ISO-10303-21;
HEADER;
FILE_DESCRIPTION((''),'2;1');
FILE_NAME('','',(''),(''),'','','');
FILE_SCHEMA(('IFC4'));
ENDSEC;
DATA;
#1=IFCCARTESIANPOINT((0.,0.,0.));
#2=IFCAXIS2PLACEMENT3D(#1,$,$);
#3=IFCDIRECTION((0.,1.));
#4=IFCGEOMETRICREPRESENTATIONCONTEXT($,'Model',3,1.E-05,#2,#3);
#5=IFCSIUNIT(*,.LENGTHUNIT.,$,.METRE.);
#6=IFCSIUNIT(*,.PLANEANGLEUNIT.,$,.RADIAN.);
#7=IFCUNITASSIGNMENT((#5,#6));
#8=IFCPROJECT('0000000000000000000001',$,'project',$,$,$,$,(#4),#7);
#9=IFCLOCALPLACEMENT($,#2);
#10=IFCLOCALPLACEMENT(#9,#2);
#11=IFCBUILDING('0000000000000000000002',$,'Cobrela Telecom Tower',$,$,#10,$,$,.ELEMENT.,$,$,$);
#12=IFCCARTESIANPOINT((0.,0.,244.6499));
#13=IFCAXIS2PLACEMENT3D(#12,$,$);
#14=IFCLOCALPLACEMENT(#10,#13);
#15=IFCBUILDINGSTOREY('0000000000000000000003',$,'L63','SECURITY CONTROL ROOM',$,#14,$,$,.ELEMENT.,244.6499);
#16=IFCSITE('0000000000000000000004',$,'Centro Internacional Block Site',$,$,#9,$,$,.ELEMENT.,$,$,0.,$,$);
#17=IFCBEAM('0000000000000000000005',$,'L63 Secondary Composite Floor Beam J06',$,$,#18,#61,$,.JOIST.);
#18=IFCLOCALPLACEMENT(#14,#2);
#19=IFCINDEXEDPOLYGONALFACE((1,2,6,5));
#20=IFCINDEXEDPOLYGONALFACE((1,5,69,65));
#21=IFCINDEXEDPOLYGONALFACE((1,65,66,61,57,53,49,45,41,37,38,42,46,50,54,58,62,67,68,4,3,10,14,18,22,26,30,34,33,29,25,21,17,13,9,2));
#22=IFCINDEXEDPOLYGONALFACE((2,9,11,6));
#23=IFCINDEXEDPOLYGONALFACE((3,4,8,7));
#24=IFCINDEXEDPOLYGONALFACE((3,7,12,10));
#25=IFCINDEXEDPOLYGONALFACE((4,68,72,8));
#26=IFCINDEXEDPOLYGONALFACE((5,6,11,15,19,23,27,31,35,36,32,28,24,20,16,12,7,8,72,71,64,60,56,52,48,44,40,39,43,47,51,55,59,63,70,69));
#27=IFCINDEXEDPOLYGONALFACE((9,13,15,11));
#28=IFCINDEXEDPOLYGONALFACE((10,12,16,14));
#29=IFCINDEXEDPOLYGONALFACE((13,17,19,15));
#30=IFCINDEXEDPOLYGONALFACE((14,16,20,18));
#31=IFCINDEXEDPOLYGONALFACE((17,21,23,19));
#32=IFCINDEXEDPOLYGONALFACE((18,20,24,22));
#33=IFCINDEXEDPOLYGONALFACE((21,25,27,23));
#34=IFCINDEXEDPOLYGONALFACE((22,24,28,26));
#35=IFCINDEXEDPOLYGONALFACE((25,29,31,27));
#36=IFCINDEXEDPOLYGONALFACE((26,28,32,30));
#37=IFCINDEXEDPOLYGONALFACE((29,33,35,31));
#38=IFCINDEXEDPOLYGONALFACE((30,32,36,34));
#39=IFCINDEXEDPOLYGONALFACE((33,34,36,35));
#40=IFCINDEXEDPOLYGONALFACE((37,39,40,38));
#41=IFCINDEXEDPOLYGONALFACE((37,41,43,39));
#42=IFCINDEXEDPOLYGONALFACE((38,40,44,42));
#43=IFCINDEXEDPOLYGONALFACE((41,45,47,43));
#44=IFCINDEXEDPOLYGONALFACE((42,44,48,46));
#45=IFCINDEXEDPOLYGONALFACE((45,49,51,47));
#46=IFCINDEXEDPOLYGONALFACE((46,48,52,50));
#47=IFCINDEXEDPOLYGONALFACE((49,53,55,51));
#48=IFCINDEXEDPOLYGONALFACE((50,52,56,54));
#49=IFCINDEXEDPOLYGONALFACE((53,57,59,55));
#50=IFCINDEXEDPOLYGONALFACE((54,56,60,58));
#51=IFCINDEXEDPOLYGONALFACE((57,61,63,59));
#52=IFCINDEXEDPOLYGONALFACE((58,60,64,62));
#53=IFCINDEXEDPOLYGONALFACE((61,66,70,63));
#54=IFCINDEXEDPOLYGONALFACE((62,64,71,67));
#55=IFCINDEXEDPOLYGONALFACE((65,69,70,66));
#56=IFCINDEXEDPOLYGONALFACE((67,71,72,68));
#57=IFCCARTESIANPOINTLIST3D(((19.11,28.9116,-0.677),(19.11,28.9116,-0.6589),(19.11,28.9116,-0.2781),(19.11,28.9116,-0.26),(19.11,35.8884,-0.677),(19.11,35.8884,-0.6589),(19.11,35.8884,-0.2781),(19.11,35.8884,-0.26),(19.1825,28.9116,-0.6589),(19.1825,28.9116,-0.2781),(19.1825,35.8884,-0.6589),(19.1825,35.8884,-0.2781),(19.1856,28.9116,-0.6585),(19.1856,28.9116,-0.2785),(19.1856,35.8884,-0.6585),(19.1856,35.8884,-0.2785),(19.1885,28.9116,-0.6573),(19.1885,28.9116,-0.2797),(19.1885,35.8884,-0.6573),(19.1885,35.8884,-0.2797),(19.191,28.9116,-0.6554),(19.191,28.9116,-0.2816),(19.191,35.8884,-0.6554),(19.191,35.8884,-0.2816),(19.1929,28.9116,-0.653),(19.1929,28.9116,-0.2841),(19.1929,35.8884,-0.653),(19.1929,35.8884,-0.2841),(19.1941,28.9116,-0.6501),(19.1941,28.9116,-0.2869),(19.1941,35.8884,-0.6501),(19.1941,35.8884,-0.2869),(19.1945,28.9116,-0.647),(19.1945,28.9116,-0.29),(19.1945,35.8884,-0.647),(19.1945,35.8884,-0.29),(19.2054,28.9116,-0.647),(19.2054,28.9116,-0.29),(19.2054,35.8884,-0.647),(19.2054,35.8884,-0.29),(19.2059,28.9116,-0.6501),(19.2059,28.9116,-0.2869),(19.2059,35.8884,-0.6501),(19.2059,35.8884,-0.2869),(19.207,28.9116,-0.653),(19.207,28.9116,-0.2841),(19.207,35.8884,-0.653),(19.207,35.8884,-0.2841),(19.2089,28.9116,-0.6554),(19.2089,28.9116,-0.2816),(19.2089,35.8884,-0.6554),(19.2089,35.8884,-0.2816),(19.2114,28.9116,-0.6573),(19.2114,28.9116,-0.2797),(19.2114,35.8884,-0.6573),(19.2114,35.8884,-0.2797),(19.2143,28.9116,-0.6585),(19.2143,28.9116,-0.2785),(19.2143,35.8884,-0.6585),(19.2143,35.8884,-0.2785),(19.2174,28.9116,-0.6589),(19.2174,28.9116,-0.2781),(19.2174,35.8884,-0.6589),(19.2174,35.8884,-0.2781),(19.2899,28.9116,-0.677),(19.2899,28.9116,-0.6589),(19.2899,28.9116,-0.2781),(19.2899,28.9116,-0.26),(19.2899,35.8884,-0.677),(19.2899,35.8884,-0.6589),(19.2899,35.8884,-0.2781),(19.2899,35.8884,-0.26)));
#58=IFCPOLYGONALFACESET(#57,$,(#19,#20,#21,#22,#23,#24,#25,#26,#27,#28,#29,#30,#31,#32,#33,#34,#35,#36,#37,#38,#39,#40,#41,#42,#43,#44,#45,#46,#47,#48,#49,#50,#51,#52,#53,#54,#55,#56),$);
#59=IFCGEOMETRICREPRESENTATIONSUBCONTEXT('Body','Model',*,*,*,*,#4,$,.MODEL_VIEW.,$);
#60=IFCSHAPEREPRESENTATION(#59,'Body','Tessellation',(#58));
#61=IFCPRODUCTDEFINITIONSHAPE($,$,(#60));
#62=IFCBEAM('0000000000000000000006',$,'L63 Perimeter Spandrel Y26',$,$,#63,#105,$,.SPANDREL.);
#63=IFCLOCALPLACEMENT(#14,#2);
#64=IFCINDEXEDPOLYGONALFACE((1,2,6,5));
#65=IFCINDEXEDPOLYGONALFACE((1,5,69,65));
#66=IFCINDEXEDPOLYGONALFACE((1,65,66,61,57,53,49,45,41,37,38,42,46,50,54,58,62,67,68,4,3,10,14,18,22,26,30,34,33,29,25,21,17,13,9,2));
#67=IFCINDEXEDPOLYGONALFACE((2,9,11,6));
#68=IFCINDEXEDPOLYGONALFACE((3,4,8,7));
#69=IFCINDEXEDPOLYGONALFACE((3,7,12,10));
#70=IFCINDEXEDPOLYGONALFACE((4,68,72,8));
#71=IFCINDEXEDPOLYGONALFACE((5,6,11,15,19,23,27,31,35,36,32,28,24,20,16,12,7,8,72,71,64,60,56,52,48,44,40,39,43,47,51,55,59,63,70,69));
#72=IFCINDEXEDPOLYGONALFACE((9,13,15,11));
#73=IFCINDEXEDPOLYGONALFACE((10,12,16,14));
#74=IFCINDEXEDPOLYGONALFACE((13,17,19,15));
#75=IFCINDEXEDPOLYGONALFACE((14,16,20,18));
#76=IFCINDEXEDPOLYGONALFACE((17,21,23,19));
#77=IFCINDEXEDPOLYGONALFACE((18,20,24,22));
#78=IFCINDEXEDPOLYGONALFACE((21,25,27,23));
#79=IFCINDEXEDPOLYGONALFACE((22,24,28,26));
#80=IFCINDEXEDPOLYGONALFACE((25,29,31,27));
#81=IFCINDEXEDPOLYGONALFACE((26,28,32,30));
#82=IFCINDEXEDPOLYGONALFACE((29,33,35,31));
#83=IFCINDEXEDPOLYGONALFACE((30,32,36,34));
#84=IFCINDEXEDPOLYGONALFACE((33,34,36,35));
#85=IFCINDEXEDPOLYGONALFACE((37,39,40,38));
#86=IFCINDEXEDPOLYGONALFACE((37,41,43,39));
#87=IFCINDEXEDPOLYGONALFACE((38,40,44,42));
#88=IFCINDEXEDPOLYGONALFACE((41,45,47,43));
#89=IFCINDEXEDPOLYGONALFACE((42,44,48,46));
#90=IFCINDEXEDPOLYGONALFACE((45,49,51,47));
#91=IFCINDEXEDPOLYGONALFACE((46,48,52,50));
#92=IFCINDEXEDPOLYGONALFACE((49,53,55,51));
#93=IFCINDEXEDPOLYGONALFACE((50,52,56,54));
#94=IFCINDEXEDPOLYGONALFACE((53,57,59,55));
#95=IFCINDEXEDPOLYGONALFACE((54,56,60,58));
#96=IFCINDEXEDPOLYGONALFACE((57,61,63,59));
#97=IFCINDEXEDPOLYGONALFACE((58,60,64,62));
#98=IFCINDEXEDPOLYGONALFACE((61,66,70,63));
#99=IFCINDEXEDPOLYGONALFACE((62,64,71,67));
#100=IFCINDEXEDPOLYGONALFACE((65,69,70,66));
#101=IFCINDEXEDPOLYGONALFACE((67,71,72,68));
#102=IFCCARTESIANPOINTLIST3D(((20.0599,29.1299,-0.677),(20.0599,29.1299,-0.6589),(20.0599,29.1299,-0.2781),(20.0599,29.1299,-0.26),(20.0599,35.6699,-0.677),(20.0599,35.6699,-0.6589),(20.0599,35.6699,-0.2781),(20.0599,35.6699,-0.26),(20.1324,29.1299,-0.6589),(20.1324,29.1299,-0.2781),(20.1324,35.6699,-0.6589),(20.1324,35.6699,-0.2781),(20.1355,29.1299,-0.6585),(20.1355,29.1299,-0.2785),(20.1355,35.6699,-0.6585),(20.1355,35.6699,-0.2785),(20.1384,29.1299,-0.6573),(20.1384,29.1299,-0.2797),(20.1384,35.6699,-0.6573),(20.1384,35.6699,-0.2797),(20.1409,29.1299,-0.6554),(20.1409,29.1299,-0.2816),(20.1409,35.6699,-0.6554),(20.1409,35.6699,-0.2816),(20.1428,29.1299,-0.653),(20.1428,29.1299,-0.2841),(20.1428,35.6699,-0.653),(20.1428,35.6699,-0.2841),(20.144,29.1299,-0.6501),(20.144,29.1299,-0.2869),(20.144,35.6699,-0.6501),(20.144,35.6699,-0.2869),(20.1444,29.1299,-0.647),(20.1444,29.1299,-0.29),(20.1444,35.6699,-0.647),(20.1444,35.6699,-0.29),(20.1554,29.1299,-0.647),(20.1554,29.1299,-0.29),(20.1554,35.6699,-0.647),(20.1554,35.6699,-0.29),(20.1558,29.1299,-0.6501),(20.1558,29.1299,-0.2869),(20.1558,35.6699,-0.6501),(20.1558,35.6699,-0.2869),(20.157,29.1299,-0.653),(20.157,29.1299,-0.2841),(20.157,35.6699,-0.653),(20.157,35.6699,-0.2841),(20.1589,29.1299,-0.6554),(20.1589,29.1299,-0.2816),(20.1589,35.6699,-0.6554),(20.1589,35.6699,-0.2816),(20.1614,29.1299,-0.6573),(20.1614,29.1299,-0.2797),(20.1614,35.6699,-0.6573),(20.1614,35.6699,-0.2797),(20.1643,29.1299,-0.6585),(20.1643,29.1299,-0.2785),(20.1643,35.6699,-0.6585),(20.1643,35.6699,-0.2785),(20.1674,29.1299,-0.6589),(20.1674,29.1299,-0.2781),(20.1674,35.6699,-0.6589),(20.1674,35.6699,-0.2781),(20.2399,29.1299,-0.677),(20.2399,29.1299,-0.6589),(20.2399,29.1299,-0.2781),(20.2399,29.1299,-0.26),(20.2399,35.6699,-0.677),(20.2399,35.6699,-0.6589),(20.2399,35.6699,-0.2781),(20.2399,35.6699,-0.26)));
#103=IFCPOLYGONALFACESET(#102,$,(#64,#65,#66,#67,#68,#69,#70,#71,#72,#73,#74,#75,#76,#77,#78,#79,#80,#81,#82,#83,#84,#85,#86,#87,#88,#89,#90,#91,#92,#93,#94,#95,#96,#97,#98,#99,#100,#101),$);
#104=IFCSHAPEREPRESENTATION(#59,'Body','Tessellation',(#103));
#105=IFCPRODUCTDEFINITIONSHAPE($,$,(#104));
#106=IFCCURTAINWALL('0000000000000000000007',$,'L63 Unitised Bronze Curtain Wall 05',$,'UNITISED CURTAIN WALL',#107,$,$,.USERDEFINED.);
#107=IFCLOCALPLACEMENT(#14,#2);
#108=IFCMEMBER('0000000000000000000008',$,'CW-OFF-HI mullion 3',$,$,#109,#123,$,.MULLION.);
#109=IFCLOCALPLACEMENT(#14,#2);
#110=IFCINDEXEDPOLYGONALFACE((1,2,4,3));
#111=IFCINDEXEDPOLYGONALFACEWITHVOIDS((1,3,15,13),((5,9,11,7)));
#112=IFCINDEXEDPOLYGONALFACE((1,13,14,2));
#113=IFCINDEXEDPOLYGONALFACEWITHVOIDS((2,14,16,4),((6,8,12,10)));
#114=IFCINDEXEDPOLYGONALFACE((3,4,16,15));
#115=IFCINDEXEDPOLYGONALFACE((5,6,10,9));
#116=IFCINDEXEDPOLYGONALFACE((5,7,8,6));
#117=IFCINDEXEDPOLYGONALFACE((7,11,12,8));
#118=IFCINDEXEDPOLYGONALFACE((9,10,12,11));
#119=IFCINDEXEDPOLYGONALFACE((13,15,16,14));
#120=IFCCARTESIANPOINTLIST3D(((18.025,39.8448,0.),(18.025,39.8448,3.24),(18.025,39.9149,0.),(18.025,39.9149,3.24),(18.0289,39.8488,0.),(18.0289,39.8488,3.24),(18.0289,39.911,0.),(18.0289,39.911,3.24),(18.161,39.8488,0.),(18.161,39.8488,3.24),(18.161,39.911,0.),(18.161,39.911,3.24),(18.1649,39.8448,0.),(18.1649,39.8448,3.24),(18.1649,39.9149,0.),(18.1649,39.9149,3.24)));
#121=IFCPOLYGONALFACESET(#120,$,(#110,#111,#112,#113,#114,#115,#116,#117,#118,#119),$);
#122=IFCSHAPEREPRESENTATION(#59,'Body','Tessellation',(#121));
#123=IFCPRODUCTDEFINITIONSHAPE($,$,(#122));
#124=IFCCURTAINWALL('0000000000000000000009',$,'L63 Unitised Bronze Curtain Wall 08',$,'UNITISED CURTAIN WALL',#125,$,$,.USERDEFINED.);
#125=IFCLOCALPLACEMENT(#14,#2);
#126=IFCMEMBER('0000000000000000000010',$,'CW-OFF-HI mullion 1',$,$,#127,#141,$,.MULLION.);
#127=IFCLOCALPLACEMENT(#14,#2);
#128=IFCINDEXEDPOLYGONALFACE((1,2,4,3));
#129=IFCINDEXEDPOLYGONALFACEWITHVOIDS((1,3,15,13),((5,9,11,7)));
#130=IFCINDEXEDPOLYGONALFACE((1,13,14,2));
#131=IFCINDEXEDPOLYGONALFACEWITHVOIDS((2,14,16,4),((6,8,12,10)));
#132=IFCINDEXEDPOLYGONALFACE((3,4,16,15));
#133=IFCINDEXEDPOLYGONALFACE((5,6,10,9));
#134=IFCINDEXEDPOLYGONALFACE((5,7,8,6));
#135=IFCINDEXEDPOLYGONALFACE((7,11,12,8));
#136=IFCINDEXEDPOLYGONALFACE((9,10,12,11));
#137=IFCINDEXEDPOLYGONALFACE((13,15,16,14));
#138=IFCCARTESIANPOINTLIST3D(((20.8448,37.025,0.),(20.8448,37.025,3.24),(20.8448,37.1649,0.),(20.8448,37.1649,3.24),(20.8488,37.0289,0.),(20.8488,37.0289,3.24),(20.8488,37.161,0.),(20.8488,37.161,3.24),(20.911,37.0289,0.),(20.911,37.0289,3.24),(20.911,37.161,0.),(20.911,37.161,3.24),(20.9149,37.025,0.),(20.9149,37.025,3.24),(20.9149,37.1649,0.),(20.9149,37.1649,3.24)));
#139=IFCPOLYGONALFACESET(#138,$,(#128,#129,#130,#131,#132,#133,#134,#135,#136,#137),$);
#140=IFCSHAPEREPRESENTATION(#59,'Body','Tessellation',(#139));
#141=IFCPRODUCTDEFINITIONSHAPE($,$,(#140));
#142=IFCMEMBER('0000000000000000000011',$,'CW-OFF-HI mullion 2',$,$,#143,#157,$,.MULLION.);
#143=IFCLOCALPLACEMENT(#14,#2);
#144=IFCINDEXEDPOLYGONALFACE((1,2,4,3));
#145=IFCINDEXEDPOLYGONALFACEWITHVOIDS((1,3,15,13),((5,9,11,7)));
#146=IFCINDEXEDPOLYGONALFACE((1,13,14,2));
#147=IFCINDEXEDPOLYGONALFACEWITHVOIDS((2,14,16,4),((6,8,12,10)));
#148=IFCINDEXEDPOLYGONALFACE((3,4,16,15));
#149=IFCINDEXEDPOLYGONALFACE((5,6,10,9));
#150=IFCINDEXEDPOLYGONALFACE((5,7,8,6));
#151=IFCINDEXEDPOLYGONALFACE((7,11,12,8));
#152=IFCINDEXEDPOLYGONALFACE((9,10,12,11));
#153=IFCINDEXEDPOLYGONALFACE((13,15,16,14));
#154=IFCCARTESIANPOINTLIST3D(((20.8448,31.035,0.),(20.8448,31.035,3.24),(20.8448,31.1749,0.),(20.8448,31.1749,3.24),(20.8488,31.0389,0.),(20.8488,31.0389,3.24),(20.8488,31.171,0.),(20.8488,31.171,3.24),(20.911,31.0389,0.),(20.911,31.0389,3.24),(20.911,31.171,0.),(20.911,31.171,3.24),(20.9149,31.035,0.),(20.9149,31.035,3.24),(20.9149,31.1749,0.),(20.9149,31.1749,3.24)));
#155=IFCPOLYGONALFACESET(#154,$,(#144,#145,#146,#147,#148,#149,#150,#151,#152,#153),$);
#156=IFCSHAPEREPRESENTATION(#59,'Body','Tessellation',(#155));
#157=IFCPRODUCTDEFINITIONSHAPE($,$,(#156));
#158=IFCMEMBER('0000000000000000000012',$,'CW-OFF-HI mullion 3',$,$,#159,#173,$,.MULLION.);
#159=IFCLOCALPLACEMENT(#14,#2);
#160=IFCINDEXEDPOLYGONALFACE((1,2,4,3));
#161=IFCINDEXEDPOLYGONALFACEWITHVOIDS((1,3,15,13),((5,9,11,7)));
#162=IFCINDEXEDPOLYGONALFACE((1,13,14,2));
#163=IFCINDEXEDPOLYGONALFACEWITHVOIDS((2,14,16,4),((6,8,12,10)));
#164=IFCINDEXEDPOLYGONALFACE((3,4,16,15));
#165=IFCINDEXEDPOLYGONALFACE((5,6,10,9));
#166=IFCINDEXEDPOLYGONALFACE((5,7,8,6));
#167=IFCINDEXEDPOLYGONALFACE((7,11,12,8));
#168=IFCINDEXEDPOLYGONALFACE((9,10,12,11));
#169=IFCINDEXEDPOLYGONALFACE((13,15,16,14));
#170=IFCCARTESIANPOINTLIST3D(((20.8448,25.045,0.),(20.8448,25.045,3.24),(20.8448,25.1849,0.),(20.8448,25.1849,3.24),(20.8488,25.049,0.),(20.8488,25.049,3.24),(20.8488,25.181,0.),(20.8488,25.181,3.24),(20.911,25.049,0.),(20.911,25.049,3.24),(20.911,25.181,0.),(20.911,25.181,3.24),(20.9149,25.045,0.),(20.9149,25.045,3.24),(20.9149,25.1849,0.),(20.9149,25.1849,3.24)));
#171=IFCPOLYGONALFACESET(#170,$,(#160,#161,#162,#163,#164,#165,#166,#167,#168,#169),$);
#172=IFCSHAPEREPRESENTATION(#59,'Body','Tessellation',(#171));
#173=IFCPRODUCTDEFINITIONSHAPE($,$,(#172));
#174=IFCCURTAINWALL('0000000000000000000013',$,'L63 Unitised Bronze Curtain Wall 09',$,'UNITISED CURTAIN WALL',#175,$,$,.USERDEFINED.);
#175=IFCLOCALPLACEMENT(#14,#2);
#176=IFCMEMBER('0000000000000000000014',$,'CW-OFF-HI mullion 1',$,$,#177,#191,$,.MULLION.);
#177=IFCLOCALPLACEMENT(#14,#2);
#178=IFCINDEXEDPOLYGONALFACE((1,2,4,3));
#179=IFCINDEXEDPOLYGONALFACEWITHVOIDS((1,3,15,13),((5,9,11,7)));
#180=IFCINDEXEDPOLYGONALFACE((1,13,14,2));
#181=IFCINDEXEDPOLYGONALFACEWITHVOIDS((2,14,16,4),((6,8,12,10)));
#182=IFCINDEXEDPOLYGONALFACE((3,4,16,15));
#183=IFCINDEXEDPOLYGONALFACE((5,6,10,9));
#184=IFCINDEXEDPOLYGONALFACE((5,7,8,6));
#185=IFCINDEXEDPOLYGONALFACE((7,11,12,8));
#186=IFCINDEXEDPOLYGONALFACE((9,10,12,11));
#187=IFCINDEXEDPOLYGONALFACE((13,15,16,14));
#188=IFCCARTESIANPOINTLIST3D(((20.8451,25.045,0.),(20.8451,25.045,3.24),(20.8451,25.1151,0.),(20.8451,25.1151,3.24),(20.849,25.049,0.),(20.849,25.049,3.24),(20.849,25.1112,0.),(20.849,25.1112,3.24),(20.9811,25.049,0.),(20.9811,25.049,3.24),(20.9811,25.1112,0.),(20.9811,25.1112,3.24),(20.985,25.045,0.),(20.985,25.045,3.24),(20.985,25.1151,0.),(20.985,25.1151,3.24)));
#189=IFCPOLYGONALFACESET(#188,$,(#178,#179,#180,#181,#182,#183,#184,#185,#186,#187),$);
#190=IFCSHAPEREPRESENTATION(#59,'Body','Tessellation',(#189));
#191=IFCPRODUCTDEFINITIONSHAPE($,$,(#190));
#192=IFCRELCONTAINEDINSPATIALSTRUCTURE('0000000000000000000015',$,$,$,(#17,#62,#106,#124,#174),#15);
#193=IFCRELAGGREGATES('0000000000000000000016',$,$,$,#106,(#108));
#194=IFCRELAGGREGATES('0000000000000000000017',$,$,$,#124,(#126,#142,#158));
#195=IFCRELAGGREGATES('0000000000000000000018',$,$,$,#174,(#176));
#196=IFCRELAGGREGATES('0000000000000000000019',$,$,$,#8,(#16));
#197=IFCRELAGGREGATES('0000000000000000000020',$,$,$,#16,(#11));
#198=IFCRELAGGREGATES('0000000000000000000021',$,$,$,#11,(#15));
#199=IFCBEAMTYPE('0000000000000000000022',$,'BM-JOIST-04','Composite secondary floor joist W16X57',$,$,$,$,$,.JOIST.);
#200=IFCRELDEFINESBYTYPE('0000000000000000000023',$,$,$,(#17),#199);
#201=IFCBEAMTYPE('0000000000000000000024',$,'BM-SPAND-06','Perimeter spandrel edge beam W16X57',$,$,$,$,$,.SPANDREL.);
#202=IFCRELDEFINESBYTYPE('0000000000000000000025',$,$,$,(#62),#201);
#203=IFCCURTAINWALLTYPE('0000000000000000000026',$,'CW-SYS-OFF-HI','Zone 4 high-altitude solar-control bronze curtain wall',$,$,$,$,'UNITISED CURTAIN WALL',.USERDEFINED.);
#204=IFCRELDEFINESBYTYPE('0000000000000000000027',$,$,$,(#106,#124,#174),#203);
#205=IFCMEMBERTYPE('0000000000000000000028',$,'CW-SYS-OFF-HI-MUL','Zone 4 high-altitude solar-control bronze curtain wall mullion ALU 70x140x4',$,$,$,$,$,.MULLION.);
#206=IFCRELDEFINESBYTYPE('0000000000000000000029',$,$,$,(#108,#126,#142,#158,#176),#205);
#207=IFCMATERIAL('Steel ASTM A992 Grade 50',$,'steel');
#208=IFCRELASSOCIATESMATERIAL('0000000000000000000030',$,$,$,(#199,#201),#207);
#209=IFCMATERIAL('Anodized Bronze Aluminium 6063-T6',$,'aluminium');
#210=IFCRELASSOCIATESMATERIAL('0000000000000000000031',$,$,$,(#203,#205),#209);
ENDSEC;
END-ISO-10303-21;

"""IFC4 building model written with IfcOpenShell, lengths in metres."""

from ifc_helpers import new_model, si_unit, direction, frame, origin, origin_2d, place, context, subcontext, project, spatial, hollow_rectangle, i_section, extrude, material, material_profile, profile_set, type_object, element, aggregate, save


model = new_model("IFC4")

# Units and contexts
model_context = context("Model", 3, precision=1e-05, world=origin(), true_north=direction((0.0, 1.0)))
body_context = subcontext(model_context, "Body", "Model", "MODEL_VIEW")
ifc_project = project(units=[si_unit("LENGTHUNIT", "METRE"), si_unit("PLANEANGLEUNIT", "RADIAN")], contexts=[model_context])

# Site, building, storey
site_placement = place(None, origin())
site = spatial("IfcSite", under=ifc_project, at=site_placement, Name="Centro Internacional Block Site", CompositionType="ELEMENT", RefElevation=0.0)
building_placement = place(site_placement, origin())
building = spatial("IfcBuilding", under=site, at=building_placement, Name="Cobrela Telecom Tower", CompositionType="ELEMENT")
storey_placement = place(building_placement, frame((0.0, 0.0, 244.6499)))
storey = spatial("IfcBuildingStorey", under=building, at=storey_placement, Name="L63", Description="SECURITY CONTROL ROOM", CompositionType="ELEMENT", Elevation=244.6499)

# Shared definitions
ifc_material_1 = material(Name="Steel ASTM A992 Grade 50", Category="steel")

# Beams
ifc_material_profile_1 = material_profile(ifc_material_1, i_section(OverallWidth=0.1799, OverallDepth=0.417, WebThickness=0.011, FlangeThickness=0.0181, FilletRadius=0.012, at=origin_2d()), Name="W16X57")
ifc_profile_set_1 = profile_set([ifc_material_profile_1], Name="Steel ASTM A992 Grade 50")
beam_type_1 = type_object("IfcBeamType", Name="BM-JOIST-04", Description="Composite secondary floor joist W16X57", PredefinedType="JOIST", material=ifc_profile_set_1)
beam_1_placement = place(storey_placement, frame((19.2, 28.9116, -0.4685), z_axis=(0.0, 1.0, 0.0), x_axis=(-1.0, 0.0, 0.0)))
element("IfcBeam", 1, at=beam_1_placement, inside=storey, type_object=beam_type_1, Name="L63 Secondary Composite Floor Beam J06", PredefinedType="JOIST", context=body_context, shape_type="SweptSolid", body=[
    extrude(i_section(OverallWidth=0.1799, OverallDepth=0.417, WebThickness=0.011, FlangeThickness=0.0181, FilletRadius=0.012, at=origin_2d()), origin(), (0.0, 0.0, 1.0), 6.9768),
])
ifc_material_profile_2 = material_profile(ifc_material_1, i_section(OverallWidth=0.1799, OverallDepth=0.417, WebThickness=0.011, FlangeThickness=0.0181, FilletRadius=0.012, at=origin_2d()), Name="W16X57")
ifc_profile_set_2 = profile_set([ifc_material_profile_2], Name="Steel ASTM A992 Grade 50")
beam_type_2 = type_object("IfcBeamType", Name="BM-SPAND-06", Description="Perimeter spandrel edge beam W16X57", PredefinedType="SPANDREL", material=ifc_profile_set_2)
beam_2_placement = place(storey_placement, frame((20.1499, 29.1299, -0.4685), z_axis=(0.0, 1.0, 0.0), x_axis=(-1.0, 0.0, 0.0)))
element("IfcBeam", 2, at=beam_2_placement, inside=storey, type_object=beam_type_2, Name="L63 Perimeter Spandrel Y26", PredefinedType="SPANDREL", context=body_context, shape_type="SweptSolid", body=[
    extrude(i_section(OverallWidth=0.1799, OverallDepth=0.417, WebThickness=0.011, FlangeThickness=0.0181, FilletRadius=0.012, at=origin_2d()), origin(), (0.0, 0.0, 1.0), 6.54),
])

# Curtain wall, member
ifc_material_2 = material(Name="Anodized Bronze Aluminium 6063-T6", Category="aluminium")
curtain_wall_type = type_object("IfcCurtainWallType", Name="CW-SYS-OFF-HI", Description="Zone 4 high-altitude solar-control bronze curtain wall", ElementType="UNITISED CURTAIN WALL", PredefinedType="USERDEFINED", material=ifc_material_2)
curtain_wall_1_placement = place(storey_placement, origin())
curtain_wall_1 = element("IfcCurtainWall", 3, at=curtain_wall_1_placement, inside=storey, type_object=curtain_wall_type, Name="L63 Unitised Bronze Curtain Wall 05", ObjectType="UNITISED CURTAIN WALL", PredefinedType="USERDEFINED")
ifc_material_profile_3 = material_profile(ifc_material_2, hollow_rectangle(XDim=0.0701, YDim=0.1399, WallThickness=0.0039, at=origin_2d()), Name="ALU 70x140x4")
ifc_profile_set_3 = profile_set([ifc_material_profile_3], Name="Anodized Bronze Aluminium 6063-T6")
member_type_1 = type_object("IfcMemberType", Name="CW-SYS-OFF-HI-MUL", Description="Zone 4 high-altitude solar-control bronze curtain wall mullion ALU 70x140x4", PredefinedType="MULLION", material=ifc_profile_set_3)
member_1_placement = place(storey_placement, frame((18.095, 39.8799, 0.0), z_axis=(0.0, 0.0, 1.0), x_axis=(0.0, 1.0, 0.0)))
member_1 = element("IfcMember", 4, at=member_1_placement, type_object=member_type_1, Name="CW-OFF-HI mullion 3", PredefinedType="MULLION", context=body_context, shape_type="SweptSolid", body=[
    extrude(hollow_rectangle(XDim=0.0701, YDim=0.1399, WallThickness=0.0039, at=origin_2d()), origin(), (0.0, 0.0, 1.0), 3.24),
])
aggregate(curtain_wall_1, [member_1])

# Curtain walls, members
curtain_wall_2_placement = place(storey_placement, origin())
curtain_wall_2 = element("IfcCurtainWall", 5, at=curtain_wall_2_placement, inside=storey, type_object=curtain_wall_type, Name="L63 Unitised Bronze Curtain Wall 08", ObjectType="UNITISED CURTAIN WALL", PredefinedType="USERDEFINED")
member_2_placement = place(storey_placement, frame((20.8799, 37.095, 0.0), z_axis=(0.0, 0.0, 1.0), x_axis=(1.0, 0.0, 0.0)))
member_2 = element("IfcMember", 6, at=member_2_placement, type_object=member_type_1, Name="CW-OFF-HI mullion 1", PredefinedType="MULLION", context=body_context, shape_type="SweptSolid", body=[
    extrude(hollow_rectangle(XDim=0.0701, YDim=0.1399, WallThickness=0.0039, at=origin_2d()), origin(), (0.0, 0.0, 1.0), 3.24),
])
member_3_placement = place(storey_placement, frame((20.8799, 31.105, 0.0), z_axis=(0.0, 0.0, 1.0), x_axis=(1.0, 0.0, 0.0)))
member_3 = element("IfcMember", 7, at=member_3_placement, type_object=member_type_1, Name="CW-OFF-HI mullion 2", PredefinedType="MULLION", context=body_context, shape_type="SweptSolid", body=[
    extrude(hollow_rectangle(XDim=0.0701, YDim=0.1399, WallThickness=0.0039, at=origin_2d()), origin(), (0.0, 0.0, 1.0), 3.24),
])
member_4_placement = place(storey_placement, frame((20.8799, 25.115, 0.0), z_axis=(0.0, 0.0, 1.0), x_axis=(1.0, 0.0, 0.0)))
member_4 = element("IfcMember", 8, at=member_4_placement, type_object=member_type_1, Name="CW-OFF-HI mullion 3", PredefinedType="MULLION", context=body_context, shape_type="SweptSolid", body=[
    extrude(hollow_rectangle(XDim=0.0701, YDim=0.1399, WallThickness=0.0039, at=origin_2d()), origin(), (0.0, 0.0, 1.0), 3.24),
])
curtain_wall_3_placement = place(storey_placement, origin())
curtain_wall_3 = element("IfcCurtainWall", 9, at=curtain_wall_3_placement, inside=storey, type_object=curtain_wall_type, Name="L63 Unitised Bronze Curtain Wall 09", ObjectType="UNITISED CURTAIN WALL", PredefinedType="USERDEFINED")
member_5_placement = place(storey_placement, frame((20.915, 25.0801, 0.0), z_axis=(0.0, 0.0, 1.0), x_axis=(0.0, 1.0, 0.0)))
member_5 = element("IfcMember", 10, at=member_5_placement, type_object=member_type_1, Name="CW-OFF-HI mullion 1", PredefinedType="MULLION", context=body_context, shape_type="SweptSolid", body=[
    extrude(hollow_rectangle(XDim=0.0701, YDim=0.1399, WallThickness=0.0039, at=origin_2d()), origin(), (0.0, 0.0, 1.0), 3.24),
])

aggregate(curtain_wall_2, [member_2, member_3, member_4])
aggregate(curtain_wall_3, [member_5])

save(model, "model.ifc")
